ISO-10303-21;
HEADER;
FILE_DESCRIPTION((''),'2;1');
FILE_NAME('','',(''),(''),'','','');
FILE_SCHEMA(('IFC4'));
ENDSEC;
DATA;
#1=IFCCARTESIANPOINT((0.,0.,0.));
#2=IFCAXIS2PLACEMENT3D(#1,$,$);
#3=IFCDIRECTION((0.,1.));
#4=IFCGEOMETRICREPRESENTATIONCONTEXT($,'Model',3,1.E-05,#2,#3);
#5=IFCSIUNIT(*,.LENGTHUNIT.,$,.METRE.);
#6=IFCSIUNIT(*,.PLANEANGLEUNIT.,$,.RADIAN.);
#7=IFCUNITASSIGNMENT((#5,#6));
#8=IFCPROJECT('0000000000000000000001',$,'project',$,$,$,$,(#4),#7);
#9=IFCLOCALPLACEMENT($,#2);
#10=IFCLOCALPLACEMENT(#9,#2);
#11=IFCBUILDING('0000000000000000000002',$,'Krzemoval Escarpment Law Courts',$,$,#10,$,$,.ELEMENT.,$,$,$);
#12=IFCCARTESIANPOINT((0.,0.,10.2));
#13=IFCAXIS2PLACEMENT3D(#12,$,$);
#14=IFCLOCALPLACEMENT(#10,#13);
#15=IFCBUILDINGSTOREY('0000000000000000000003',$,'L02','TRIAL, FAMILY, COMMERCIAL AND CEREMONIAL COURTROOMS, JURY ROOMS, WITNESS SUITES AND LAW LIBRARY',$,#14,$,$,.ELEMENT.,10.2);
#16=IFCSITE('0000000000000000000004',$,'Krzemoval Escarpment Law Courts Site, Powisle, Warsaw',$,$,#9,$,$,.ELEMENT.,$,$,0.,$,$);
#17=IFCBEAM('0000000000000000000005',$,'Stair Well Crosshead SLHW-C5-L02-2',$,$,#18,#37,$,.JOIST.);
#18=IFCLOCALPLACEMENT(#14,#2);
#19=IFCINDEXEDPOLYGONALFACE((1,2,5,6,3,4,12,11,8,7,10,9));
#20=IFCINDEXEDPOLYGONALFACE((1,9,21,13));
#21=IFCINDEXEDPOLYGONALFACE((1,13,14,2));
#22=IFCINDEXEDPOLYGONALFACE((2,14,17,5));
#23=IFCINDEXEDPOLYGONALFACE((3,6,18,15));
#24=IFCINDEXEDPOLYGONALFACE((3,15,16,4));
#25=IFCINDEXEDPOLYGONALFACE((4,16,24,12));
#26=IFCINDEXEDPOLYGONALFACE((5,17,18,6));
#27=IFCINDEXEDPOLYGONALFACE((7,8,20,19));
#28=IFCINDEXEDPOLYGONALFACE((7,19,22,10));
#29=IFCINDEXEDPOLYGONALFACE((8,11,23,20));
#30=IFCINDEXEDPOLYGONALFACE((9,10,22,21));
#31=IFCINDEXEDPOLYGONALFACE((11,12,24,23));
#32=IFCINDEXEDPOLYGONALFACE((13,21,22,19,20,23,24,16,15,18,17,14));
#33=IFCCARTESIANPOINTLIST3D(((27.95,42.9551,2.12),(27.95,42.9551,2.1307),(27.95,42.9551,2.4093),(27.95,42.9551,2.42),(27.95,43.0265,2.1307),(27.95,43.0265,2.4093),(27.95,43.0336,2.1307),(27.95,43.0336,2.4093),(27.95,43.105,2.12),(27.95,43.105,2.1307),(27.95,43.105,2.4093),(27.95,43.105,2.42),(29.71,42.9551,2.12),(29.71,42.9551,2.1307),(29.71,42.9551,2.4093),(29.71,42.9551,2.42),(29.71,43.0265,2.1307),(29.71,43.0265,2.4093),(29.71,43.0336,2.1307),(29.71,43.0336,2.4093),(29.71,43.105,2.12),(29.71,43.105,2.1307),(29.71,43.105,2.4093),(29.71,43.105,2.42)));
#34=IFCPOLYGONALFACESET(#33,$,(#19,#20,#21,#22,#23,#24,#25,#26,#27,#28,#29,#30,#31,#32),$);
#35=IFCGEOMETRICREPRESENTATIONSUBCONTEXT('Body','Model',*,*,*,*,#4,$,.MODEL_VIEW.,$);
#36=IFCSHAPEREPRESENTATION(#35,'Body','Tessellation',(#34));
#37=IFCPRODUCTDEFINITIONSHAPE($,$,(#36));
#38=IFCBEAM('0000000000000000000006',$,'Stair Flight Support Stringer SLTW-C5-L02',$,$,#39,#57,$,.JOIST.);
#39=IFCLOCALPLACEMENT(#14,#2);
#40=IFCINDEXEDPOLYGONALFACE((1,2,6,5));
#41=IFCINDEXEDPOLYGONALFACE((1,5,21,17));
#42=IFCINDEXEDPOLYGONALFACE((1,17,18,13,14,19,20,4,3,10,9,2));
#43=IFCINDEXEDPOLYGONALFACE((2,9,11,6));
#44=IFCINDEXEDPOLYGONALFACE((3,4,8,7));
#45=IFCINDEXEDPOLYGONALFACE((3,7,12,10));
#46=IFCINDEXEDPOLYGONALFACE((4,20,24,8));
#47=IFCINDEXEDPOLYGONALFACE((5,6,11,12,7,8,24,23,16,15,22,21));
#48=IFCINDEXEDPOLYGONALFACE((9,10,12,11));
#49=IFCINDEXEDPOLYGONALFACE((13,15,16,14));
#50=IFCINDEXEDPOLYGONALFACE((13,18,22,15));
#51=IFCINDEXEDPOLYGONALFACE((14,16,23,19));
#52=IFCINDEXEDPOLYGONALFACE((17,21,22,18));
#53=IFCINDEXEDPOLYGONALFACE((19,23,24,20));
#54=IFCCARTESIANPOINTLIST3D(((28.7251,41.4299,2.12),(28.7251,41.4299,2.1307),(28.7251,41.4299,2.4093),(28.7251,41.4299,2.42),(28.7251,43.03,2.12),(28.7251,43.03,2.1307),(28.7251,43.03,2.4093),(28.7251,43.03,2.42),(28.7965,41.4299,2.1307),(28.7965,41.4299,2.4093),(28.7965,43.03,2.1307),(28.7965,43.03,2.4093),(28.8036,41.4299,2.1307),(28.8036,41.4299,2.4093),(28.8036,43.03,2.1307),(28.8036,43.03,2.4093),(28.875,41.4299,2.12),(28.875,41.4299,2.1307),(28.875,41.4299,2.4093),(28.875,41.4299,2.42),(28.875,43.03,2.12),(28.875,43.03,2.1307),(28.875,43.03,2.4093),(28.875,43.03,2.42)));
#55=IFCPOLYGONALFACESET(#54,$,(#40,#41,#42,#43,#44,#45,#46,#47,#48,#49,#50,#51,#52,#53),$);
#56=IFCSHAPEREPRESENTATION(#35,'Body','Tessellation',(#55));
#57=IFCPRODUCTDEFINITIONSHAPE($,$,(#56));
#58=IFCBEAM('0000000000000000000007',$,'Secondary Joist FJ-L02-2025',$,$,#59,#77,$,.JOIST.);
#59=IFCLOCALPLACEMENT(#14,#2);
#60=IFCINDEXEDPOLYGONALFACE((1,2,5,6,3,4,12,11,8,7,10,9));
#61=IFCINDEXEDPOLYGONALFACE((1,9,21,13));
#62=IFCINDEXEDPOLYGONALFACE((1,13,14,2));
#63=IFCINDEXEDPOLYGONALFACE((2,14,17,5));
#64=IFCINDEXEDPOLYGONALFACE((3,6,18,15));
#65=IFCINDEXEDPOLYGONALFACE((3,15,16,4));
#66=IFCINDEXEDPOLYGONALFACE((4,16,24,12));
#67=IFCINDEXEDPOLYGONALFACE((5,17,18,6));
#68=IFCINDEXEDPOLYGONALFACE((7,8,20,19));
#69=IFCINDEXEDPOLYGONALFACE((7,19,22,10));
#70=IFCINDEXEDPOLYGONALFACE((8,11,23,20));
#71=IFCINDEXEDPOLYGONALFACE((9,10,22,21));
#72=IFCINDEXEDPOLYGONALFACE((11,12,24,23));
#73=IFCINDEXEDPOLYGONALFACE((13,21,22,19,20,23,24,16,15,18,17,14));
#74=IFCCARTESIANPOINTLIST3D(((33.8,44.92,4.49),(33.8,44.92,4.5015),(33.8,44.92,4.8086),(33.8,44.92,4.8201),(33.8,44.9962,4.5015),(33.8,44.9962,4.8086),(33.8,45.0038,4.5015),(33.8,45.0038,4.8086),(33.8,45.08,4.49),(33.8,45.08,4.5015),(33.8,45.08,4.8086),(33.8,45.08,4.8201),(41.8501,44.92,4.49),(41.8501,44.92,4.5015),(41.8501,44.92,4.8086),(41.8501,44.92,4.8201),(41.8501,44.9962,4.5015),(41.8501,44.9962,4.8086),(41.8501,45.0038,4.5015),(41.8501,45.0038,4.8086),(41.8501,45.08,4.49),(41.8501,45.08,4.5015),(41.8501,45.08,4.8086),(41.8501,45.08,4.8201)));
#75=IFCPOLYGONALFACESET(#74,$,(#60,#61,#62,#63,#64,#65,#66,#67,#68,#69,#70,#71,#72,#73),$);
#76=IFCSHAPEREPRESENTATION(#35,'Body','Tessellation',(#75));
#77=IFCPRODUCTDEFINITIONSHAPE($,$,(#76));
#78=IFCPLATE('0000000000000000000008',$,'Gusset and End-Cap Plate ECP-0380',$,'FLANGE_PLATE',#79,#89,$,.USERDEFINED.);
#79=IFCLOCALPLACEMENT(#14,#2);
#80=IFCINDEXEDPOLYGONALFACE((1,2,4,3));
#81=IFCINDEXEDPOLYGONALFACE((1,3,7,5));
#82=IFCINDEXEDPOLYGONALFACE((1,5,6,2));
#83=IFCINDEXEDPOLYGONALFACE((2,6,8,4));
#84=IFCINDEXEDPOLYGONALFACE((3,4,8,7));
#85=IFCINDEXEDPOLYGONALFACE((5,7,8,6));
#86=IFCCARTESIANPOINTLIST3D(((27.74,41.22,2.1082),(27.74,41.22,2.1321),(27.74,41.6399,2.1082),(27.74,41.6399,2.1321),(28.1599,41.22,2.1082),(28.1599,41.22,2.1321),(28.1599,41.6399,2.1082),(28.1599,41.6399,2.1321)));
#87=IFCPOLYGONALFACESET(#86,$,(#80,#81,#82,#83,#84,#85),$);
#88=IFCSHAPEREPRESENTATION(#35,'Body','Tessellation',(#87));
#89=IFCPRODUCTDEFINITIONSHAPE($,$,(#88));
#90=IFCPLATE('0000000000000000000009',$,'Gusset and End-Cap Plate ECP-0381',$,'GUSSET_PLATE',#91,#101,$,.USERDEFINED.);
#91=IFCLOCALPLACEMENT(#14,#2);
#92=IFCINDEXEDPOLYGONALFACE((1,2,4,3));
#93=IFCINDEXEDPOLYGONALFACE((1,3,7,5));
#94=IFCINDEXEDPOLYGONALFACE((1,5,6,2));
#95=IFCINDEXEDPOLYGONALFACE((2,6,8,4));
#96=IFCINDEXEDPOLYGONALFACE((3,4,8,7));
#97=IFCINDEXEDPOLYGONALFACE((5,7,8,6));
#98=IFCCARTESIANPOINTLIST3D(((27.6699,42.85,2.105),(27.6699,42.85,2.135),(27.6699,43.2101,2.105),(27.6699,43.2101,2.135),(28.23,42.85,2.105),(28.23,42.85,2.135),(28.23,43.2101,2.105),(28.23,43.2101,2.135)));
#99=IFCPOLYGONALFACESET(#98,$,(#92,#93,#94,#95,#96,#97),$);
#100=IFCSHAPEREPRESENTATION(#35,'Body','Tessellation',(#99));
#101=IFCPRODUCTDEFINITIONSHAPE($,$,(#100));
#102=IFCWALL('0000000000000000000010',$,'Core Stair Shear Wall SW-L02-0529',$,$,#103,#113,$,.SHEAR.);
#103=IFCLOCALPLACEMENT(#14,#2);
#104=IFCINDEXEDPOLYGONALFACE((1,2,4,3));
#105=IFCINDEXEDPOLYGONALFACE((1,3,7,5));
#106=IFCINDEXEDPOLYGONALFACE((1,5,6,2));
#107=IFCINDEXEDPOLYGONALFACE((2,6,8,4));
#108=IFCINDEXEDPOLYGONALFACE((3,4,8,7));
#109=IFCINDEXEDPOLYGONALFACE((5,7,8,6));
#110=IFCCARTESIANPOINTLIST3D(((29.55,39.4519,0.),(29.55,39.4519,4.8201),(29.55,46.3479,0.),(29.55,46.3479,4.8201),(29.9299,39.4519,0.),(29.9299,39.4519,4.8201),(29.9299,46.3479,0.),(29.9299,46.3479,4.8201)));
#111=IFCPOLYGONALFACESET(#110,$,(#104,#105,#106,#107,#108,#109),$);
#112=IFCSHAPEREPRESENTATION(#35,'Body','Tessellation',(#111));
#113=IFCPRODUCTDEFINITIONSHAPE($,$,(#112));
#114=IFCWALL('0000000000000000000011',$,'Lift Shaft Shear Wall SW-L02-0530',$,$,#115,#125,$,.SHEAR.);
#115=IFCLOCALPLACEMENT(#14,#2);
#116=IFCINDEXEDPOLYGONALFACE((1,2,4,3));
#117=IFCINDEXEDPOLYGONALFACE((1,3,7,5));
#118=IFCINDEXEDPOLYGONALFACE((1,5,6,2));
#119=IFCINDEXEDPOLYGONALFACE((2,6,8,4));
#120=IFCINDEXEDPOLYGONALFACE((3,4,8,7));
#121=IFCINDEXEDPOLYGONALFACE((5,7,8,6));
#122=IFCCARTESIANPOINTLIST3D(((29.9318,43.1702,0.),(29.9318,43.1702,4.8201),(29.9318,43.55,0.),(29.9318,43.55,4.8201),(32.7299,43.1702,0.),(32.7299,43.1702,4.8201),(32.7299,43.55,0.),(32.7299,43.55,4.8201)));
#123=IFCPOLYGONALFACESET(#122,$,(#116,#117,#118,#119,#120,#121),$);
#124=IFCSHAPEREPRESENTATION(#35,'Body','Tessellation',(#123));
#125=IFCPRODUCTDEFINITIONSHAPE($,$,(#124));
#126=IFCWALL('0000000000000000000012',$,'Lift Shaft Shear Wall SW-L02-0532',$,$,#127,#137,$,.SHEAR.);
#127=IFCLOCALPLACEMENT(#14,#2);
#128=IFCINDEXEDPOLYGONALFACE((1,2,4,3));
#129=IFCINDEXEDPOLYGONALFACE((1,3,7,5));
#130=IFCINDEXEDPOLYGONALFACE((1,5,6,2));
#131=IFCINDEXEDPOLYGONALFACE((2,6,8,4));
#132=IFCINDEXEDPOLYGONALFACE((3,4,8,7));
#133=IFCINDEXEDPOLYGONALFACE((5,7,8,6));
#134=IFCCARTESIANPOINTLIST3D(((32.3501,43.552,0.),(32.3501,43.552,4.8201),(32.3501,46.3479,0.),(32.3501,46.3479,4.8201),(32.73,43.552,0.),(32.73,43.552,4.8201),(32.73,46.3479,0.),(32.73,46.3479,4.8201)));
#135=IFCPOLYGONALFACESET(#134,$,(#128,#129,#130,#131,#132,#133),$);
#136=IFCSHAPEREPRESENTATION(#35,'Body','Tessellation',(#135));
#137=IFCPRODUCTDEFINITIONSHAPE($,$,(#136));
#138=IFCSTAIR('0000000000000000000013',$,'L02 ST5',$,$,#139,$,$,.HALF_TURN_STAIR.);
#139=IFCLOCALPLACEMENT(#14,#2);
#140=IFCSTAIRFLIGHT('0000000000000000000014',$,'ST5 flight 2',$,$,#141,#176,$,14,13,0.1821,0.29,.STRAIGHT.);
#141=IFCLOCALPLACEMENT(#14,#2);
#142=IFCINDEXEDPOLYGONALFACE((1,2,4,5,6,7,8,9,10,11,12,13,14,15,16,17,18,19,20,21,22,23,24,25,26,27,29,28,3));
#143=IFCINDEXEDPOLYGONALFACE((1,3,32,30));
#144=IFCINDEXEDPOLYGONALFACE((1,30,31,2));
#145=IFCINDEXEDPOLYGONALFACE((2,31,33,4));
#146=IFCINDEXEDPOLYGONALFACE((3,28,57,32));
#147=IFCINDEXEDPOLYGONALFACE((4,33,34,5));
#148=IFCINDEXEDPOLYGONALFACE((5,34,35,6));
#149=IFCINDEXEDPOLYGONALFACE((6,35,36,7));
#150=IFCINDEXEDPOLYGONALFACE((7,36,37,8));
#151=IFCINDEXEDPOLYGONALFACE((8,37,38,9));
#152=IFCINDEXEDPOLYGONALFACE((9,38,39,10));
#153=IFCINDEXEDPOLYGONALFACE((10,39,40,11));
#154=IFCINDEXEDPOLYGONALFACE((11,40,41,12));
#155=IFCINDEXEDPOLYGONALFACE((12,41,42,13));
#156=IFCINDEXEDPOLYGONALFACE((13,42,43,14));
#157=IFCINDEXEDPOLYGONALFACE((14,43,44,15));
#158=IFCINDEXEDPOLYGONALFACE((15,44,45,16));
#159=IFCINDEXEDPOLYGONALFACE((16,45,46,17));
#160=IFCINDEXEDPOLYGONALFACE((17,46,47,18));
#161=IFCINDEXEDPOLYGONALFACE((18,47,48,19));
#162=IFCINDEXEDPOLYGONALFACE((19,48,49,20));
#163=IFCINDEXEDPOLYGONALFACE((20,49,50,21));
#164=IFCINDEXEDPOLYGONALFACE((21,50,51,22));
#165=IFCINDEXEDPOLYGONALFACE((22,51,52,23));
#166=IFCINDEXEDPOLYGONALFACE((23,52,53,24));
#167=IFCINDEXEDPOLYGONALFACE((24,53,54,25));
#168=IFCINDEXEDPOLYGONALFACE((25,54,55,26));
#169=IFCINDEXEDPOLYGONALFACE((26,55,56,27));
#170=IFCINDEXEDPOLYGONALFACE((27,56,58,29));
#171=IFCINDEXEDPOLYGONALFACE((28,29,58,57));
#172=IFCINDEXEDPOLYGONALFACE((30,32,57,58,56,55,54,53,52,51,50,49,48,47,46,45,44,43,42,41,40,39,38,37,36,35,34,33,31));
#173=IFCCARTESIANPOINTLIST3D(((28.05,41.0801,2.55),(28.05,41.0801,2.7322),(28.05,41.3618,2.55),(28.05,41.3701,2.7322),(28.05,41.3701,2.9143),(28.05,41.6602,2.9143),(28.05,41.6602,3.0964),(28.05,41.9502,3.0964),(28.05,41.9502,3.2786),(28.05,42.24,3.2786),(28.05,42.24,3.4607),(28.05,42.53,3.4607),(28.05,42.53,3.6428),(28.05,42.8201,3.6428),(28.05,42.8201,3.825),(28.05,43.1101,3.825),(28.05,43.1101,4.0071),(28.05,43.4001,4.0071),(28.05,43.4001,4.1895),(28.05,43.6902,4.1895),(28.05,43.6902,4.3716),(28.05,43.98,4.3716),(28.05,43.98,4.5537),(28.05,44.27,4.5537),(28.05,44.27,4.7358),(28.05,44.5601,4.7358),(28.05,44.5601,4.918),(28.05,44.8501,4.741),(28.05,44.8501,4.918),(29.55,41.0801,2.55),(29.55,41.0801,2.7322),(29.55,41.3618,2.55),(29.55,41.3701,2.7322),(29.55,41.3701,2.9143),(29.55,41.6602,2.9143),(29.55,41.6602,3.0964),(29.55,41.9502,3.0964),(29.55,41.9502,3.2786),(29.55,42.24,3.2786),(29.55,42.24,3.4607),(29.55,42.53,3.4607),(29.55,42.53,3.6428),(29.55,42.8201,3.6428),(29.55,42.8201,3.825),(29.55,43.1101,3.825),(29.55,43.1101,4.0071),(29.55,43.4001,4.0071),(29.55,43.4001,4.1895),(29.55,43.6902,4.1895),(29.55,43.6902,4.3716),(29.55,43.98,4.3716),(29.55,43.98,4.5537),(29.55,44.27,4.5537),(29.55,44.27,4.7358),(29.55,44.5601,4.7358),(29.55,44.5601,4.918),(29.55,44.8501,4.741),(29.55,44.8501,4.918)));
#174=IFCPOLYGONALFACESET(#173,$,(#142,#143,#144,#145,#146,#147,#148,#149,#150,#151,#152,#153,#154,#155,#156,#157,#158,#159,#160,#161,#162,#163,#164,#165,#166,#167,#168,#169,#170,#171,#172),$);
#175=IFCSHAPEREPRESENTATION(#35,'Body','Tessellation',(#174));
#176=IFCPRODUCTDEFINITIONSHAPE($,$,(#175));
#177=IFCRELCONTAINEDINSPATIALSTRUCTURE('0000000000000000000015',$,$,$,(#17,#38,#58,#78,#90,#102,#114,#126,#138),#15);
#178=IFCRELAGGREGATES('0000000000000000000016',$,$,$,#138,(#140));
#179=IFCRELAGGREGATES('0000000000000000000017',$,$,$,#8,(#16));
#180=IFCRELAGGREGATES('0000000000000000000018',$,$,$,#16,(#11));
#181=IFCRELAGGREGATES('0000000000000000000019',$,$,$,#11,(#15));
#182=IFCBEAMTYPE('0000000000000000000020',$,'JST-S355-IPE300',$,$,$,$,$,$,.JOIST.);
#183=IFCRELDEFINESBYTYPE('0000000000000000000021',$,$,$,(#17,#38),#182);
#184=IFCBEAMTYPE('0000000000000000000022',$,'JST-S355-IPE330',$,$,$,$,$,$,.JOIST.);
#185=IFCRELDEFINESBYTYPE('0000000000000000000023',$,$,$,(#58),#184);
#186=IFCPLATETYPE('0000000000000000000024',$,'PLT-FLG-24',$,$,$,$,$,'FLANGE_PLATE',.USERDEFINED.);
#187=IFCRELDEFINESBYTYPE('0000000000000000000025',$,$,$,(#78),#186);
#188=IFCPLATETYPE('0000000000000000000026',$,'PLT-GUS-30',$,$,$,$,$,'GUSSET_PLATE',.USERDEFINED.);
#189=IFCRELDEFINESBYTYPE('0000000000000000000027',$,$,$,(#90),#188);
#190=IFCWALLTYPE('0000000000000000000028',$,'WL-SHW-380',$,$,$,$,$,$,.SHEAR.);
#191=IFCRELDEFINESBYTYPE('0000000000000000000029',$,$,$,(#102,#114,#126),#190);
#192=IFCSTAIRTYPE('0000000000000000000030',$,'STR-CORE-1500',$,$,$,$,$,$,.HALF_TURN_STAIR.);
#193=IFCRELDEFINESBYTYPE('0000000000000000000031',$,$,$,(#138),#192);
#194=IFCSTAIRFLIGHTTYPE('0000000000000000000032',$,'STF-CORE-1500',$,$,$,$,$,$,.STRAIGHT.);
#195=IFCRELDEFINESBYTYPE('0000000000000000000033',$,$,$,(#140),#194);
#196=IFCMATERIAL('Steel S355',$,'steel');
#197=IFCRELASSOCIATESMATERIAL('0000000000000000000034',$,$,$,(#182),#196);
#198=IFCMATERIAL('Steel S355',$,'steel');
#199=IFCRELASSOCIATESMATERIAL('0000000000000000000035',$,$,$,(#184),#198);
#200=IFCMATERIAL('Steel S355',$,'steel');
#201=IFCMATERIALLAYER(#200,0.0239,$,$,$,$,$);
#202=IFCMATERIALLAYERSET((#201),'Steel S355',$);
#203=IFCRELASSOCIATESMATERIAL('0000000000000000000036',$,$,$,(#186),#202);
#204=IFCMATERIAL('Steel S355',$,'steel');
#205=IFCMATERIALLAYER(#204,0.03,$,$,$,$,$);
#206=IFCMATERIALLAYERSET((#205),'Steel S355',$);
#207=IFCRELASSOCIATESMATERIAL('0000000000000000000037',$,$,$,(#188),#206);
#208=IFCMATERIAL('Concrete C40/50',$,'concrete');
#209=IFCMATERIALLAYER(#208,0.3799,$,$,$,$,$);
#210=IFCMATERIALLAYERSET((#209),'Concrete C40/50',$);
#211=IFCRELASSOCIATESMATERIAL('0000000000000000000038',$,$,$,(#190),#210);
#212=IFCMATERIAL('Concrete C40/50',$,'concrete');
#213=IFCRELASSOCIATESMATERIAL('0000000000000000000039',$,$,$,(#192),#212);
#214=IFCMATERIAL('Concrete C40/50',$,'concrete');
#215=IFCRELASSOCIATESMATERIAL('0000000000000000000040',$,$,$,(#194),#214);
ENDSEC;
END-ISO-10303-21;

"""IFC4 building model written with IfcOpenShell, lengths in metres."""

from ifc_helpers import new_model, si_unit, direction, frame, frame_2d, origin, origin_2d, place, context, subcontext, project, spatial, polyline, rectangle, i_section, outline, extrude, material, layer, layer_set, material_profile, profile_set, type_object, element, aggregate, save


model = new_model("IFC4")

# Units and contexts
model_context = context("Model", 3, precision=1e-05, world=origin(), true_north=direction((0.0, 1.0)))
body_context = subcontext(model_context, "Body", "Model", "MODEL_VIEW")
ifc_project = project(units=[si_unit("LENGTHUNIT", "METRE"), si_unit("PLANEANGLEUNIT", "RADIAN")], contexts=[model_context])

# Site, building, storey
site_placement = place(None, origin())
site = spatial("IfcSite", under=ifc_project, at=site_placement, Name="Krzemoval Escarpment Law Courts Site, Powisle, Warsaw", CompositionType="ELEMENT", RefElevation=0.0)
building_placement = place(site_placement, origin())
building = spatial("IfcBuilding", under=site, at=building_placement, Name="Krzemoval Escarpment Law Courts", CompositionType="ELEMENT")
storey_placement = place(building_placement, frame((0.0, 0.0, 10.2)))
storey = spatial("IfcBuildingStorey", under=building, at=storey_placement, Name="L02", Description="TRIAL, FAMILY, COMMERCIAL AND CEREMONIAL COURTROOMS, JURY ROOMS, WITNESS SUITES AND LAW LIBRARY", CompositionType="ELEMENT", Elevation=10.2)

# Beams
ifc_material_1 = material(Name="Steel S355", Category="steel")
ifc_material_profile_1 = material_profile(ifc_material_1, i_section(OverallWidth=0.1499, OverallDepth=0.3, WebThickness=0.0071, FlangeThickness=0.0107, at=origin_2d()), Name="IPE 300")
ifc_profile_set_1 = profile_set([ifc_material_profile_1], Name="Steel S355")
beam_type_1 = type_object("IfcBeamType", Name="JST-S355-IPE300", PredefinedType="JOIST", material=ifc_profile_set_1)
for number, where, z_axis, x_axis, name in (
    (1, (27.95, 43.03, 2.27), (1.0, 0.0, 0.0), (0.0, 1.0, 0.0), "Stair Well Crosshead SLHW-C5-L02-2"),
):
    element("IfcBeam", number, at=place(storey_placement, frame(where, z_axis=z_axis, x_axis=x_axis)), inside=storey, type_object=beam_type_1, Name=name, PredefinedType="JOIST", context=body_context, shape_type="SweptSolid", body=[
        extrude(i_section(OverallWidth=0.1499, OverallDepth=0.3, WebThickness=0.0071, FlangeThickness=0.0107, at=origin_2d()), origin(), (0.0, 0.0, 1.0), 1.76),
    ])
beam_1_placement = place(storey_placement, frame((28.8, 41.4299, 2.27), z_axis=(0.0, 1.0, 0.0), x_axis=(-1.0, 0.0, 0.0)))
element("IfcBeam", 2, at=beam_1_placement, inside=storey, type_object=beam_type_1, Name="Stair Flight Support Stringer SLTW-C5-L02", PredefinedType="JOIST", context=body_context, shape_type="SweptSolid", body=[
    extrude(i_section(OverallWidth=0.1499, OverallDepth=0.3, WebThickness=0.0071, FlangeThickness=0.0107, at=origin_2d()), origin(), (0.0, 0.0, 1.0), 1.6001),
])
ifc_material_2 = material(Name="Steel S355", Category="steel")
ifc_material_profile_2 = material_profile(ifc_material_2, i_section(OverallWidth=0.1599, OverallDepth=0.3301, WebThickness=0.0076, FlangeThickness=0.0115, at=origin_2d()), Name="IPE 330")
ifc_profile_set_2 = profile_set([ifc_material_profile_2], Name="Steel S355")
beam_type_2 = type_object("IfcBeamType", Name="JST-S355-IPE330", PredefinedType="JOIST", material=ifc_profile_set_2)
beam_2_placement = place(storey_placement, frame((33.8, 45.0, 4.655), z_axis=(1.0, 0.0, 0.0), x_axis=(0.0, 1.0, 0.0)))
element("IfcBeam", 3, at=beam_2_placement, inside=storey, type_object=beam_type_2, Name="Secondary Joist FJ-L02-2025", PredefinedType="JOIST", context=body_context, shape_type="SweptSolid", body=[
    extrude(i_section(OverallWidth=0.1599, OverallDepth=0.3301, WebThickness=0.0076, FlangeThickness=0.0115, at=origin_2d()), origin(), (0.0, 0.0, 1.0), 8.05),
])

# Plates
ifc_material_3 = material(Name="Steel S355", Category="steel")
ifc_layer_1 = layer(ifc_material_3, 0.0239)
ifc_layer_set_1 = layer_set([ifc_layer_1], Name="Steel S355")
plate_type_1 = type_object("IfcPlateType", Name="PLT-FLG-24", ElementType="FLANGE_PLATE", PredefinedType="USERDEFINED", material=ifc_layer_set_1)
plate_1_placement = place(storey_placement, frame((27.95, 41.4299, 2.1082), z_axis=(0.0, 0.0, 1.0), x_axis=(1.0, 0.0, 0.0)))
element("IfcPlate", 4, at=plate_1_placement, inside=storey, type_object=plate_type_1, Name="Gusset and End-Cap Plate ECP-0380", ObjectType="FLANGE_PLATE", PredefinedType="USERDEFINED", context=body_context, shape_type="SweptSolid", body=[
    extrude(rectangle(XDim=0.4199, YDim=0.4199, at=origin_2d()), origin(), (0.0, 0.0, 1.0), 0.0239),
])
ifc_material_4 = material(Name="Steel S355", Category="steel")
ifc_layer_2 = layer(ifc_material_4, 0.03)
ifc_layer_set_2 = layer_set([ifc_layer_2], Name="Steel S355")
plate_type_2 = type_object("IfcPlateType", Name="PLT-GUS-30", ElementType="GUSSET_PLATE", PredefinedType="USERDEFINED", material=ifc_layer_set_2)
plate_2_placement = place(storey_placement, frame((27.95, 43.03, 2.105), z_axis=(0.0, 0.0, 1.0), x_axis=(1.0, 0.0, 0.0)))
element("IfcPlate", 5, at=plate_2_placement, inside=storey, type_object=plate_type_2, Name="Gusset and End-Cap Plate ECP-0381", ObjectType="GUSSET_PLATE", PredefinedType="USERDEFINED", context=body_context, shape_type="SweptSolid", body=[
    extrude(rectangle(XDim=0.5601, YDim=0.3601, at=origin_2d()), origin(), (0.0, 0.0, 1.0), 0.03),
])

# Walls
ifc_material_5 = material(Name="Concrete C40/50", Category="concrete")
ifc_layer_3 = layer(ifc_material_5, 0.3799)
ifc_layer_set_3 = layer_set([ifc_layer_3], Name="Concrete C40/50")
wall_type = type_object("IfcWallType", Name="WL-SHW-380", PredefinedType="SHEAR", material=ifc_layer_set_3)
wall_1_placement = place(storey_placement, frame((29.74, 39.4519, 0.0), z_axis=(0.0, 0.0, 1.0), x_axis=(0.0, 1.0, 0.0)))
element("IfcWall", 6, at=wall_1_placement, inside=storey, type_object=wall_type, Name="Core Stair Shear Wall SW-L02-0529", PredefinedType="SHEAR", context=body_context, shape_type="SweptSolid", body=[
    extrude(rectangle(XDim=6.896, YDim=0.3799, at=frame_2d((3.448, 0.0))), origin(), (0.0, 0.0, 1.0), 4.8201),
])
wall_2_placement = place(storey_placement, frame((29.9319, 43.3601, 0.0), z_axis=(0.0, 0.0, 1.0), x_axis=(1.0, 0.0, 0.0)))
element("IfcWall", 7, at=wall_2_placement, inside=storey, type_object=wall_type, Name="Lift Shaft Shear Wall SW-L02-0530", PredefinedType="SHEAR", context=body_context, shape_type="SweptSolid", body=[
    extrude(rectangle(XDim=2.7981, YDim=0.3799, at=frame_2d((1.3989, 0.0))), origin(), (0.0, 0.0, 1.0), 4.8201),
])

# Wall
wall_3_placement = place(storey_placement, frame((32.54, 43.552, 0.0), z_axis=(0.0, 0.0, 1.0), x_axis=(0.0, 1.0, 0.0)))
element("IfcWall", 8, at=wall_3_placement, inside=storey, type_object=wall_type, Name="Lift Shaft Shear Wall SW-L02-0532", PredefinedType="SHEAR", context=body_context, shape_type="SweptSolid", body=[
    extrude(rectangle(XDim=2.7959, YDim=0.3799, at=frame_2d((1.3979, 0.0))), origin(), (0.0, 0.0, 1.0), 4.8201),
])

# Stair, stair flight
ifc_material_6 = material(Name="Concrete C40/50", Category="concrete")
stair_type = type_object("IfcStairType", Name="STR-CORE-1500", PredefinedType="HALF_TURN_STAIR", material=ifc_material_6)
stair_placement = place(storey_placement, origin())
stair = element("IfcStair", 9, at=stair_placement, inside=storey, type_object=stair_type, Name="L02 ST5", PredefinedType="HALF_TURN_STAIR")
ifc_material_7 = material(Name="Concrete C40/50", Category="concrete")
stair_flight_type = type_object("IfcStairFlightType", Name="STF-CORE-1500", PredefinedType="STRAIGHT", material=ifc_material_7)
stair_flight_placement = place(storey_placement, frame((28.8, 41.0801, 2.55), z_axis=(0.0, 0.0, 1.0), x_axis=(0.0, 1.0, 0.0)))
stair_flight = element("IfcStairFlight", 10, at=stair_flight_placement, type_object=stair_flight_type, Name="ST5 flight 2", NumberOfRisers=14, NumberOfTreads=13, PredefinedType="STRAIGHT", RiserHeight=0.1821, TreadLength=0.29, context=body_context, shape_type="SweptSolid", body=[
    extrude(outline(polyline([(0.0, 0.0), (0.0, 0.1821), (0.29, 0.1821), (0.29, 0.3643), (0.5801, 0.3643), (0.5801, 0.5464), (0.8701, 0.5464), (0.8701, 0.7285), (1.1599, 0.7285), (1.1599, 0.9106), (1.45, 0.9106), (1.45, 1.0928), (1.74, 1.0928), (1.74, 1.2749), (2.03, 1.2749), (2.03, 1.457), (2.3201, 1.457), (2.3201, 1.6394), (2.6101, 1.6394), (2.6101, 1.8215), (2.8999, 1.8215), (2.8999, 2.0037), (3.1899, 2.0037), (3.1899, 2.1858), (3.48, 2.1858), (3.48, 2.3679), (3.77, 2.3679), (3.77, 2.55), (3.77, 2.1909), (0.2817, 0.0), (0.0, 0.0)])), frame((0.0, 0.75, 0.0), z_axis=(0.0, -1.0, 0.0), x_axis=(1.0, 0.0, 0.0)), (0.0, 0.0, 1.0), 1.5),
])
aggregate(stair, [stair_flight])

save(model, "model.ifc")
